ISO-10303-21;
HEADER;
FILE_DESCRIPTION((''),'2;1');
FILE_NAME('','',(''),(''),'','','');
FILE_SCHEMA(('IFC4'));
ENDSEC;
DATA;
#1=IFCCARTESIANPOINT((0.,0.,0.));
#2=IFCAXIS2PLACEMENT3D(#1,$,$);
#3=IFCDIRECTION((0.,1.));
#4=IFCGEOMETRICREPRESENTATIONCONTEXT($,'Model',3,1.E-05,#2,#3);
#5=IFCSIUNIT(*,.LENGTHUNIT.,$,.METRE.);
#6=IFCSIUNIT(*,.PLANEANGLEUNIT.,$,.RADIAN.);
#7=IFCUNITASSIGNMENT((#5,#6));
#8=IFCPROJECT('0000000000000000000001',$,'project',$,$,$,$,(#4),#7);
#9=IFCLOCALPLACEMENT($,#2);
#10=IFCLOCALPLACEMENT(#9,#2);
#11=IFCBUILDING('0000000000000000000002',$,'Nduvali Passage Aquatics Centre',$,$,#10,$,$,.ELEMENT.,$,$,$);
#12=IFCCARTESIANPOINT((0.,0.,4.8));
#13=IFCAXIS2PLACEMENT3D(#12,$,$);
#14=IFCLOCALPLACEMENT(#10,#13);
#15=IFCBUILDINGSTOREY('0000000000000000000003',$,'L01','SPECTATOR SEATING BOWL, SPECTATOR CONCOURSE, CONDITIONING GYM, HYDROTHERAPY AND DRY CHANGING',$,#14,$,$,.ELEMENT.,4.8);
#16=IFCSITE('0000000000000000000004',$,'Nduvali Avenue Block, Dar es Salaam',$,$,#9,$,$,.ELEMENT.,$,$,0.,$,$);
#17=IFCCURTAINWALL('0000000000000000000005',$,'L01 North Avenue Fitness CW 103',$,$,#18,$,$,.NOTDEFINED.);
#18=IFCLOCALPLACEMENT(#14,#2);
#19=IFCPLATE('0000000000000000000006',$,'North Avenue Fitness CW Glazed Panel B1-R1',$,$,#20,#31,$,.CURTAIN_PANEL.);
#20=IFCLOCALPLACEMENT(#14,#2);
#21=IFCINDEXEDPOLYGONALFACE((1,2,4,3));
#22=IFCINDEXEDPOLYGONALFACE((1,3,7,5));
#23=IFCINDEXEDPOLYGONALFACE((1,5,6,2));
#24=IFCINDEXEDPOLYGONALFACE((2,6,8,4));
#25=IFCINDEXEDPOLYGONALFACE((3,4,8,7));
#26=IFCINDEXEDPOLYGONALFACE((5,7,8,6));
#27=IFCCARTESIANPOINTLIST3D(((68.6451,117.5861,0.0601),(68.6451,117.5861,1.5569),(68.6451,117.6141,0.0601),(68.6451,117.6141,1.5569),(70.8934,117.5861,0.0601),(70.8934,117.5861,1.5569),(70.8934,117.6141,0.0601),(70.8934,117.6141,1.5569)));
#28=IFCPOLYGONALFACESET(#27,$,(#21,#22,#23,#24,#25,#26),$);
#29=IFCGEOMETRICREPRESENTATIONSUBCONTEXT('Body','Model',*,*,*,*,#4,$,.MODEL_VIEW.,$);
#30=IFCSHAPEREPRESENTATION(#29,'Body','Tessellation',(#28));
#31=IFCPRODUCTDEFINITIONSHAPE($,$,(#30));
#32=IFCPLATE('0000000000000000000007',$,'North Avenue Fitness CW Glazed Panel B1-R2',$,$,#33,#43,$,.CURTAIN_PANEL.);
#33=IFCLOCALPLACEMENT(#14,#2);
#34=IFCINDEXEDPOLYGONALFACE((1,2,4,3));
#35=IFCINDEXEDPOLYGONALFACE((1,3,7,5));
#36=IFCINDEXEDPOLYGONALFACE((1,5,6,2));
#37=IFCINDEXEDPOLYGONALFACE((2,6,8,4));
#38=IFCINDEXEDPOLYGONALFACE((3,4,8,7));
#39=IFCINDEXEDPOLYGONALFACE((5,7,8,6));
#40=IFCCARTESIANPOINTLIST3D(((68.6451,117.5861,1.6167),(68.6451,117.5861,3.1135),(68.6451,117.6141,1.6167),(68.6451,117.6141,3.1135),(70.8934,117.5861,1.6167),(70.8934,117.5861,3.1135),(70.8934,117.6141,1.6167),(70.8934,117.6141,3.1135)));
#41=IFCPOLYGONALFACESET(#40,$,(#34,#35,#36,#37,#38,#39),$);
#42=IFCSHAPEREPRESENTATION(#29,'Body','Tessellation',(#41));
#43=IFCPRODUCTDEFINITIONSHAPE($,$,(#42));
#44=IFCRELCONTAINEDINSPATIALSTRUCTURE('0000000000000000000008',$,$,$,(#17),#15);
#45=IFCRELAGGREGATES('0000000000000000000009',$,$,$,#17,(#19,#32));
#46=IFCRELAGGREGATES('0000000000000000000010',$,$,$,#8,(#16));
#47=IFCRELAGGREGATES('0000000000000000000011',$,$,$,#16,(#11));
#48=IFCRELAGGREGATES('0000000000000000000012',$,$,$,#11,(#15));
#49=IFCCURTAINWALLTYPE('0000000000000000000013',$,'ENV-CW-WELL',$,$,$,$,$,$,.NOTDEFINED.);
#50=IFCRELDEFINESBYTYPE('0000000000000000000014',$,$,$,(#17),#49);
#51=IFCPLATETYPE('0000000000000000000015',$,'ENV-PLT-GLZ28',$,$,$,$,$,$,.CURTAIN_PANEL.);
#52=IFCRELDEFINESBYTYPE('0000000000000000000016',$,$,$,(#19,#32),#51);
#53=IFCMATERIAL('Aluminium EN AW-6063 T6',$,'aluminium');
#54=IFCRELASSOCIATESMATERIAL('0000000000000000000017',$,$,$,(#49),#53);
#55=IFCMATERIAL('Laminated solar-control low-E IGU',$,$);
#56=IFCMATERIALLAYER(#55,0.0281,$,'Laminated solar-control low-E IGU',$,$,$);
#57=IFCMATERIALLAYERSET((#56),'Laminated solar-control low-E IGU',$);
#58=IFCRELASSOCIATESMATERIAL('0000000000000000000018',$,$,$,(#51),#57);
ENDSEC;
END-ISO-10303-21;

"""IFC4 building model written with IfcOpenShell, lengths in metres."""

from ifc_helpers import new_model, si_unit, direction, frame, origin, origin_2d, place, context, subcontext, project, spatial, rectangle, extrude, material, layer, layer_set, type_object, element, aggregate, save


model = new_model("IFC4")

# Units and contexts
model_context = context("Model", 3, precision=1e-05, world=origin(), true_north=direction((0.0, 1.0)))
body_context = subcontext(model_context, "Body", "Model", "MODEL_VIEW")
ifc_project = project(units=[si_unit("LENGTHUNIT", "METRE"), si_unit("PLANEANGLEUNIT", "RADIAN")], contexts=[model_context])

# Site, building, storey
site_placement = place(None, origin())
site = spatial("IfcSite", under=ifc_project, at=site_placement, Name="Nduvali Avenue Block, Dar es Salaam", CompositionType="ELEMENT", RefElevation=0.0)
building_placement = place(site_placement, origin())
building = spatial("IfcBuilding", under=site, at=building_placement, Name="Nduvali Passage Aquatics Centre", CompositionType="ELEMENT")
storey_placement = place(building_placement, frame((0.0, 0.0, 4.8)))
storey = spatial("IfcBuildingStorey", under=building, at=storey_placement, Name="L01", Description="SPECTATOR SEATING BOWL, SPECTATOR CONCOURSE, CONDITIONING GYM, HYDROTHERAPY AND DRY CHANGING", CompositionType="ELEMENT", Elevation=4.8)

# Curtain wall
ifc_material_1 = material(Name="Aluminium EN AW-6063 T6", Category="aluminium")
curtain_wall_type = type_object("IfcCurtainWallType", Name="ENV-CW-WELL", PredefinedType="NOTDEFINED", material=ifc_material_1)
curtain_wall_1_placement = place(storey_placement, origin())
curtain_wall_1 = element("IfcCurtainWall", 1, at=curtain_wall_1_placement, inside=storey, type_object=curtain_wall_type, Name="L01 North Avenue Fitness CW 103", PredefinedType="NOTDEFINED")

# Plates
ifc_material_2 = material(Name="Laminated solar-control low-E IGU")
ifc_layer = layer(ifc_material_2, 0.0281, Name="Laminated solar-control low-E IGU")
ifc_layer_set = layer_set([ifc_layer], Name="Laminated solar-control low-E IGU")
plate_type = type_object("IfcPlateType", Name="ENV-PLT-GLZ28", PredefinedType="CURTAIN_PANEL", material=ifc_layer_set)
plate_1_placement = place(storey_placement, frame((69.7693, 117.6001, 0.0601), z_axis=(0.0, 0.0, 1.0), x_axis=(1.0, 0.0, 0.0)))
plate_1 = element("IfcPlate", 2, at=plate_1_placement, type_object=plate_type, Name="North Avenue Fitness CW Glazed Panel B1-R1", PredefinedType="CURTAIN_PANEL", context=body_context, shape_type="SweptSolid", body=[
    extrude(rectangle(XDim=2.2483, YDim=0.0281, at=origin_2d()), origin(), (0.0, 0.0, 1.0), 1.4968),
])
plate_2_placement = place(storey_placement, frame((69.7693, 117.6001, 1.6167), z_axis=(0.0, 0.0, 1.0), x_axis=(1.0, 0.0, 0.0)))
plate_2 = element("IfcPlate", 3, at=plate_2_placement, type_object=plate_type, Name="North Avenue Fitness CW Glazed Panel B1-R2", PredefinedType="CURTAIN_PANEL", context=body_context, shape_type="SweptSolid", body=[
    extrude(rectangle(XDim=2.2483, YDim=0.0281, at=origin_2d()), origin(), (0.0, 0.0, 1.0), 1.4968),
])
aggregate(curtain_wall_1, [plate_1, plate_2])

save(model, "model.ifc")
